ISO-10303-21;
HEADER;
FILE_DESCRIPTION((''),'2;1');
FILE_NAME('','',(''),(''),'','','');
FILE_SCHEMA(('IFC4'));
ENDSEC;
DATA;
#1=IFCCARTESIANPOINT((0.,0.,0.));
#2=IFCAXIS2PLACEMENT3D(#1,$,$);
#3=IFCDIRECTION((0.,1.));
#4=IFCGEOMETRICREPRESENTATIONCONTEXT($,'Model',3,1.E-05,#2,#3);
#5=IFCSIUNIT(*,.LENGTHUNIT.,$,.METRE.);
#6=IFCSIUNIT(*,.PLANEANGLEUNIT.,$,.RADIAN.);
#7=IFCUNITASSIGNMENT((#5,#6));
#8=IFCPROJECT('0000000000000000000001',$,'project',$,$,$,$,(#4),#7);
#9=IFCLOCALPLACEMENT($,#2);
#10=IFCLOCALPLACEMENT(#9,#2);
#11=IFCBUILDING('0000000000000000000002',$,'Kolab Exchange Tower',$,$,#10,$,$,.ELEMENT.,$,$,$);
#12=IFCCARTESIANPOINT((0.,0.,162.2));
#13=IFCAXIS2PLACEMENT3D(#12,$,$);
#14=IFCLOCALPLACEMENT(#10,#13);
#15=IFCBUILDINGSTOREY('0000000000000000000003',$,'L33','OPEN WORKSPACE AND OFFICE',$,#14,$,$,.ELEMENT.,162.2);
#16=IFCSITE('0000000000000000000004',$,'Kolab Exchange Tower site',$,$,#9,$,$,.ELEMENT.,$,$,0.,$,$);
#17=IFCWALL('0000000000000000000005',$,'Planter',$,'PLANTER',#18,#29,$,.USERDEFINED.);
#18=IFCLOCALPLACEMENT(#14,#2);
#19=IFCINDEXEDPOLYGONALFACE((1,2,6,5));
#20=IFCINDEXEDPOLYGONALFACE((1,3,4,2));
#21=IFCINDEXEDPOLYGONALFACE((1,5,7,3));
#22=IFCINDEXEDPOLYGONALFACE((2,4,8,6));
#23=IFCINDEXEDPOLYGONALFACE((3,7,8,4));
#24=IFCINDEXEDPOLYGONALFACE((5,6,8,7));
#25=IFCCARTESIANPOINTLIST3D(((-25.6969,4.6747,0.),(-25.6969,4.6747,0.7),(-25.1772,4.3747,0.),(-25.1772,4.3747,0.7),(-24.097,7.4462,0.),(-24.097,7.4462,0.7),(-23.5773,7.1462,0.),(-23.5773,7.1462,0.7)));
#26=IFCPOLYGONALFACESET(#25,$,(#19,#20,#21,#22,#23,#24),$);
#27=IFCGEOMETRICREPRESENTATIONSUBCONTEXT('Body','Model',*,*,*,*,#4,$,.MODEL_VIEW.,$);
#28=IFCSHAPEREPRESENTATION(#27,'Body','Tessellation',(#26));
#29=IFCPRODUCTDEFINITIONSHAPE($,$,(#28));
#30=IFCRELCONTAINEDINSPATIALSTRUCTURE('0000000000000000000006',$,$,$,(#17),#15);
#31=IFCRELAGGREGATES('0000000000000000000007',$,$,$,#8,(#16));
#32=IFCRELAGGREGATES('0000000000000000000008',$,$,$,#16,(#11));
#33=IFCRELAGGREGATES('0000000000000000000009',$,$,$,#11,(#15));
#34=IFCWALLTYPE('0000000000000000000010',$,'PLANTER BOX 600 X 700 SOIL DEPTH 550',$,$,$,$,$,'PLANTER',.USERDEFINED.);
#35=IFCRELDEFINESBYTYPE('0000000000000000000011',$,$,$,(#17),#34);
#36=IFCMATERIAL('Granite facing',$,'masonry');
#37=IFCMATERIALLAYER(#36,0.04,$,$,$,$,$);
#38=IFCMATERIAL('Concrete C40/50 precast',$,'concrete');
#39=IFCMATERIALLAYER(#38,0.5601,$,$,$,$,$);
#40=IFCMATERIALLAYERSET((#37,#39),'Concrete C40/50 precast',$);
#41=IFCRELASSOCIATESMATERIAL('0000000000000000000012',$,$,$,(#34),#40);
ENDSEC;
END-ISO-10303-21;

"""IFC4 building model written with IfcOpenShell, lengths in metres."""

from ifc_helpers import new_model, si_unit, direction, frame, frame_2d, origin, place, context, subcontext, project, spatial, rectangle, extrude, material, layer, layer_set, type_object, element, save


model = new_model("IFC4")

# Units and contexts
model_context = context("Model", 3, precision=1e-05, world=origin(), true_north=direction((0.0, 1.0)))
body_context = subcontext(model_context, "Body", "Model", "MODEL_VIEW")
ifc_project = project(units=[si_unit("LENGTHUNIT", "METRE"), si_unit("PLANEANGLEUNIT", "RADIAN")], contexts=[model_context])

# Site, building, storey
site_placement = place(None, origin())
site = spatial("IfcSite", under=ifc_project, at=site_placement, Name="Kolab Exchange Tower site", CompositionType="ELEMENT", RefElevation=0.0)
building_placement = place(site_placement, origin())
building = spatial("IfcBuilding", under=site, at=building_placement, Name="Kolab Exchange Tower", CompositionType="ELEMENT")
storey_placement = place(building_placement, frame((0.0, 0.0, 162.2)))
storey = spatial("IfcBuildingStorey", under=building, at=storey_placement, Name="L33", Description="OPEN WORKSPACE AND OFFICE", CompositionType="ELEMENT", Elevation=162.2)

# Wall
ifc_material_1 = material(Name="Granite facing", Category="masonry")
ifc_layer_1 = layer(ifc_material_1, 0.04)
ifc_material_2 = material(Name="Concrete C40/50 precast", Category="concrete")
ifc_layer_2 = layer(ifc_material_2, 0.5601)
ifc_layer_set_1 = layer_set([ifc_layer_1, ifc_layer_2], Name="Concrete C40/50 precast")
wall_type_1 = type_object("IfcWallType", Name="PLANTER BOX 600 X 700 SOIL DEPTH 550", ElementType="PLANTER", PredefinedType="USERDEFINED", material=ifc_layer_set_1)
wall_1_placement = place(storey_placement, frame((-25.437, 4.5247, 0.0), z_axis=(0.0, 0.0, 1.0), x_axis=(0.499938, 0.866061, 0.0)))
element("IfcWall", 1, at=wall_1_placement, inside=storey, type_object=wall_type_1, Name="Planter", ObjectType="PLANTER", PredefinedType="USERDEFINED", context=body_context, shape_type="SweptSolid", body=[
    extrude(rectangle(XDim=3.2002, YDim=0.6001, at=frame_2d((1.6001, 0.0))), origin(), (0.0, 0.0, 1.0), 0.7),
])

save(model, "model.ifc")
